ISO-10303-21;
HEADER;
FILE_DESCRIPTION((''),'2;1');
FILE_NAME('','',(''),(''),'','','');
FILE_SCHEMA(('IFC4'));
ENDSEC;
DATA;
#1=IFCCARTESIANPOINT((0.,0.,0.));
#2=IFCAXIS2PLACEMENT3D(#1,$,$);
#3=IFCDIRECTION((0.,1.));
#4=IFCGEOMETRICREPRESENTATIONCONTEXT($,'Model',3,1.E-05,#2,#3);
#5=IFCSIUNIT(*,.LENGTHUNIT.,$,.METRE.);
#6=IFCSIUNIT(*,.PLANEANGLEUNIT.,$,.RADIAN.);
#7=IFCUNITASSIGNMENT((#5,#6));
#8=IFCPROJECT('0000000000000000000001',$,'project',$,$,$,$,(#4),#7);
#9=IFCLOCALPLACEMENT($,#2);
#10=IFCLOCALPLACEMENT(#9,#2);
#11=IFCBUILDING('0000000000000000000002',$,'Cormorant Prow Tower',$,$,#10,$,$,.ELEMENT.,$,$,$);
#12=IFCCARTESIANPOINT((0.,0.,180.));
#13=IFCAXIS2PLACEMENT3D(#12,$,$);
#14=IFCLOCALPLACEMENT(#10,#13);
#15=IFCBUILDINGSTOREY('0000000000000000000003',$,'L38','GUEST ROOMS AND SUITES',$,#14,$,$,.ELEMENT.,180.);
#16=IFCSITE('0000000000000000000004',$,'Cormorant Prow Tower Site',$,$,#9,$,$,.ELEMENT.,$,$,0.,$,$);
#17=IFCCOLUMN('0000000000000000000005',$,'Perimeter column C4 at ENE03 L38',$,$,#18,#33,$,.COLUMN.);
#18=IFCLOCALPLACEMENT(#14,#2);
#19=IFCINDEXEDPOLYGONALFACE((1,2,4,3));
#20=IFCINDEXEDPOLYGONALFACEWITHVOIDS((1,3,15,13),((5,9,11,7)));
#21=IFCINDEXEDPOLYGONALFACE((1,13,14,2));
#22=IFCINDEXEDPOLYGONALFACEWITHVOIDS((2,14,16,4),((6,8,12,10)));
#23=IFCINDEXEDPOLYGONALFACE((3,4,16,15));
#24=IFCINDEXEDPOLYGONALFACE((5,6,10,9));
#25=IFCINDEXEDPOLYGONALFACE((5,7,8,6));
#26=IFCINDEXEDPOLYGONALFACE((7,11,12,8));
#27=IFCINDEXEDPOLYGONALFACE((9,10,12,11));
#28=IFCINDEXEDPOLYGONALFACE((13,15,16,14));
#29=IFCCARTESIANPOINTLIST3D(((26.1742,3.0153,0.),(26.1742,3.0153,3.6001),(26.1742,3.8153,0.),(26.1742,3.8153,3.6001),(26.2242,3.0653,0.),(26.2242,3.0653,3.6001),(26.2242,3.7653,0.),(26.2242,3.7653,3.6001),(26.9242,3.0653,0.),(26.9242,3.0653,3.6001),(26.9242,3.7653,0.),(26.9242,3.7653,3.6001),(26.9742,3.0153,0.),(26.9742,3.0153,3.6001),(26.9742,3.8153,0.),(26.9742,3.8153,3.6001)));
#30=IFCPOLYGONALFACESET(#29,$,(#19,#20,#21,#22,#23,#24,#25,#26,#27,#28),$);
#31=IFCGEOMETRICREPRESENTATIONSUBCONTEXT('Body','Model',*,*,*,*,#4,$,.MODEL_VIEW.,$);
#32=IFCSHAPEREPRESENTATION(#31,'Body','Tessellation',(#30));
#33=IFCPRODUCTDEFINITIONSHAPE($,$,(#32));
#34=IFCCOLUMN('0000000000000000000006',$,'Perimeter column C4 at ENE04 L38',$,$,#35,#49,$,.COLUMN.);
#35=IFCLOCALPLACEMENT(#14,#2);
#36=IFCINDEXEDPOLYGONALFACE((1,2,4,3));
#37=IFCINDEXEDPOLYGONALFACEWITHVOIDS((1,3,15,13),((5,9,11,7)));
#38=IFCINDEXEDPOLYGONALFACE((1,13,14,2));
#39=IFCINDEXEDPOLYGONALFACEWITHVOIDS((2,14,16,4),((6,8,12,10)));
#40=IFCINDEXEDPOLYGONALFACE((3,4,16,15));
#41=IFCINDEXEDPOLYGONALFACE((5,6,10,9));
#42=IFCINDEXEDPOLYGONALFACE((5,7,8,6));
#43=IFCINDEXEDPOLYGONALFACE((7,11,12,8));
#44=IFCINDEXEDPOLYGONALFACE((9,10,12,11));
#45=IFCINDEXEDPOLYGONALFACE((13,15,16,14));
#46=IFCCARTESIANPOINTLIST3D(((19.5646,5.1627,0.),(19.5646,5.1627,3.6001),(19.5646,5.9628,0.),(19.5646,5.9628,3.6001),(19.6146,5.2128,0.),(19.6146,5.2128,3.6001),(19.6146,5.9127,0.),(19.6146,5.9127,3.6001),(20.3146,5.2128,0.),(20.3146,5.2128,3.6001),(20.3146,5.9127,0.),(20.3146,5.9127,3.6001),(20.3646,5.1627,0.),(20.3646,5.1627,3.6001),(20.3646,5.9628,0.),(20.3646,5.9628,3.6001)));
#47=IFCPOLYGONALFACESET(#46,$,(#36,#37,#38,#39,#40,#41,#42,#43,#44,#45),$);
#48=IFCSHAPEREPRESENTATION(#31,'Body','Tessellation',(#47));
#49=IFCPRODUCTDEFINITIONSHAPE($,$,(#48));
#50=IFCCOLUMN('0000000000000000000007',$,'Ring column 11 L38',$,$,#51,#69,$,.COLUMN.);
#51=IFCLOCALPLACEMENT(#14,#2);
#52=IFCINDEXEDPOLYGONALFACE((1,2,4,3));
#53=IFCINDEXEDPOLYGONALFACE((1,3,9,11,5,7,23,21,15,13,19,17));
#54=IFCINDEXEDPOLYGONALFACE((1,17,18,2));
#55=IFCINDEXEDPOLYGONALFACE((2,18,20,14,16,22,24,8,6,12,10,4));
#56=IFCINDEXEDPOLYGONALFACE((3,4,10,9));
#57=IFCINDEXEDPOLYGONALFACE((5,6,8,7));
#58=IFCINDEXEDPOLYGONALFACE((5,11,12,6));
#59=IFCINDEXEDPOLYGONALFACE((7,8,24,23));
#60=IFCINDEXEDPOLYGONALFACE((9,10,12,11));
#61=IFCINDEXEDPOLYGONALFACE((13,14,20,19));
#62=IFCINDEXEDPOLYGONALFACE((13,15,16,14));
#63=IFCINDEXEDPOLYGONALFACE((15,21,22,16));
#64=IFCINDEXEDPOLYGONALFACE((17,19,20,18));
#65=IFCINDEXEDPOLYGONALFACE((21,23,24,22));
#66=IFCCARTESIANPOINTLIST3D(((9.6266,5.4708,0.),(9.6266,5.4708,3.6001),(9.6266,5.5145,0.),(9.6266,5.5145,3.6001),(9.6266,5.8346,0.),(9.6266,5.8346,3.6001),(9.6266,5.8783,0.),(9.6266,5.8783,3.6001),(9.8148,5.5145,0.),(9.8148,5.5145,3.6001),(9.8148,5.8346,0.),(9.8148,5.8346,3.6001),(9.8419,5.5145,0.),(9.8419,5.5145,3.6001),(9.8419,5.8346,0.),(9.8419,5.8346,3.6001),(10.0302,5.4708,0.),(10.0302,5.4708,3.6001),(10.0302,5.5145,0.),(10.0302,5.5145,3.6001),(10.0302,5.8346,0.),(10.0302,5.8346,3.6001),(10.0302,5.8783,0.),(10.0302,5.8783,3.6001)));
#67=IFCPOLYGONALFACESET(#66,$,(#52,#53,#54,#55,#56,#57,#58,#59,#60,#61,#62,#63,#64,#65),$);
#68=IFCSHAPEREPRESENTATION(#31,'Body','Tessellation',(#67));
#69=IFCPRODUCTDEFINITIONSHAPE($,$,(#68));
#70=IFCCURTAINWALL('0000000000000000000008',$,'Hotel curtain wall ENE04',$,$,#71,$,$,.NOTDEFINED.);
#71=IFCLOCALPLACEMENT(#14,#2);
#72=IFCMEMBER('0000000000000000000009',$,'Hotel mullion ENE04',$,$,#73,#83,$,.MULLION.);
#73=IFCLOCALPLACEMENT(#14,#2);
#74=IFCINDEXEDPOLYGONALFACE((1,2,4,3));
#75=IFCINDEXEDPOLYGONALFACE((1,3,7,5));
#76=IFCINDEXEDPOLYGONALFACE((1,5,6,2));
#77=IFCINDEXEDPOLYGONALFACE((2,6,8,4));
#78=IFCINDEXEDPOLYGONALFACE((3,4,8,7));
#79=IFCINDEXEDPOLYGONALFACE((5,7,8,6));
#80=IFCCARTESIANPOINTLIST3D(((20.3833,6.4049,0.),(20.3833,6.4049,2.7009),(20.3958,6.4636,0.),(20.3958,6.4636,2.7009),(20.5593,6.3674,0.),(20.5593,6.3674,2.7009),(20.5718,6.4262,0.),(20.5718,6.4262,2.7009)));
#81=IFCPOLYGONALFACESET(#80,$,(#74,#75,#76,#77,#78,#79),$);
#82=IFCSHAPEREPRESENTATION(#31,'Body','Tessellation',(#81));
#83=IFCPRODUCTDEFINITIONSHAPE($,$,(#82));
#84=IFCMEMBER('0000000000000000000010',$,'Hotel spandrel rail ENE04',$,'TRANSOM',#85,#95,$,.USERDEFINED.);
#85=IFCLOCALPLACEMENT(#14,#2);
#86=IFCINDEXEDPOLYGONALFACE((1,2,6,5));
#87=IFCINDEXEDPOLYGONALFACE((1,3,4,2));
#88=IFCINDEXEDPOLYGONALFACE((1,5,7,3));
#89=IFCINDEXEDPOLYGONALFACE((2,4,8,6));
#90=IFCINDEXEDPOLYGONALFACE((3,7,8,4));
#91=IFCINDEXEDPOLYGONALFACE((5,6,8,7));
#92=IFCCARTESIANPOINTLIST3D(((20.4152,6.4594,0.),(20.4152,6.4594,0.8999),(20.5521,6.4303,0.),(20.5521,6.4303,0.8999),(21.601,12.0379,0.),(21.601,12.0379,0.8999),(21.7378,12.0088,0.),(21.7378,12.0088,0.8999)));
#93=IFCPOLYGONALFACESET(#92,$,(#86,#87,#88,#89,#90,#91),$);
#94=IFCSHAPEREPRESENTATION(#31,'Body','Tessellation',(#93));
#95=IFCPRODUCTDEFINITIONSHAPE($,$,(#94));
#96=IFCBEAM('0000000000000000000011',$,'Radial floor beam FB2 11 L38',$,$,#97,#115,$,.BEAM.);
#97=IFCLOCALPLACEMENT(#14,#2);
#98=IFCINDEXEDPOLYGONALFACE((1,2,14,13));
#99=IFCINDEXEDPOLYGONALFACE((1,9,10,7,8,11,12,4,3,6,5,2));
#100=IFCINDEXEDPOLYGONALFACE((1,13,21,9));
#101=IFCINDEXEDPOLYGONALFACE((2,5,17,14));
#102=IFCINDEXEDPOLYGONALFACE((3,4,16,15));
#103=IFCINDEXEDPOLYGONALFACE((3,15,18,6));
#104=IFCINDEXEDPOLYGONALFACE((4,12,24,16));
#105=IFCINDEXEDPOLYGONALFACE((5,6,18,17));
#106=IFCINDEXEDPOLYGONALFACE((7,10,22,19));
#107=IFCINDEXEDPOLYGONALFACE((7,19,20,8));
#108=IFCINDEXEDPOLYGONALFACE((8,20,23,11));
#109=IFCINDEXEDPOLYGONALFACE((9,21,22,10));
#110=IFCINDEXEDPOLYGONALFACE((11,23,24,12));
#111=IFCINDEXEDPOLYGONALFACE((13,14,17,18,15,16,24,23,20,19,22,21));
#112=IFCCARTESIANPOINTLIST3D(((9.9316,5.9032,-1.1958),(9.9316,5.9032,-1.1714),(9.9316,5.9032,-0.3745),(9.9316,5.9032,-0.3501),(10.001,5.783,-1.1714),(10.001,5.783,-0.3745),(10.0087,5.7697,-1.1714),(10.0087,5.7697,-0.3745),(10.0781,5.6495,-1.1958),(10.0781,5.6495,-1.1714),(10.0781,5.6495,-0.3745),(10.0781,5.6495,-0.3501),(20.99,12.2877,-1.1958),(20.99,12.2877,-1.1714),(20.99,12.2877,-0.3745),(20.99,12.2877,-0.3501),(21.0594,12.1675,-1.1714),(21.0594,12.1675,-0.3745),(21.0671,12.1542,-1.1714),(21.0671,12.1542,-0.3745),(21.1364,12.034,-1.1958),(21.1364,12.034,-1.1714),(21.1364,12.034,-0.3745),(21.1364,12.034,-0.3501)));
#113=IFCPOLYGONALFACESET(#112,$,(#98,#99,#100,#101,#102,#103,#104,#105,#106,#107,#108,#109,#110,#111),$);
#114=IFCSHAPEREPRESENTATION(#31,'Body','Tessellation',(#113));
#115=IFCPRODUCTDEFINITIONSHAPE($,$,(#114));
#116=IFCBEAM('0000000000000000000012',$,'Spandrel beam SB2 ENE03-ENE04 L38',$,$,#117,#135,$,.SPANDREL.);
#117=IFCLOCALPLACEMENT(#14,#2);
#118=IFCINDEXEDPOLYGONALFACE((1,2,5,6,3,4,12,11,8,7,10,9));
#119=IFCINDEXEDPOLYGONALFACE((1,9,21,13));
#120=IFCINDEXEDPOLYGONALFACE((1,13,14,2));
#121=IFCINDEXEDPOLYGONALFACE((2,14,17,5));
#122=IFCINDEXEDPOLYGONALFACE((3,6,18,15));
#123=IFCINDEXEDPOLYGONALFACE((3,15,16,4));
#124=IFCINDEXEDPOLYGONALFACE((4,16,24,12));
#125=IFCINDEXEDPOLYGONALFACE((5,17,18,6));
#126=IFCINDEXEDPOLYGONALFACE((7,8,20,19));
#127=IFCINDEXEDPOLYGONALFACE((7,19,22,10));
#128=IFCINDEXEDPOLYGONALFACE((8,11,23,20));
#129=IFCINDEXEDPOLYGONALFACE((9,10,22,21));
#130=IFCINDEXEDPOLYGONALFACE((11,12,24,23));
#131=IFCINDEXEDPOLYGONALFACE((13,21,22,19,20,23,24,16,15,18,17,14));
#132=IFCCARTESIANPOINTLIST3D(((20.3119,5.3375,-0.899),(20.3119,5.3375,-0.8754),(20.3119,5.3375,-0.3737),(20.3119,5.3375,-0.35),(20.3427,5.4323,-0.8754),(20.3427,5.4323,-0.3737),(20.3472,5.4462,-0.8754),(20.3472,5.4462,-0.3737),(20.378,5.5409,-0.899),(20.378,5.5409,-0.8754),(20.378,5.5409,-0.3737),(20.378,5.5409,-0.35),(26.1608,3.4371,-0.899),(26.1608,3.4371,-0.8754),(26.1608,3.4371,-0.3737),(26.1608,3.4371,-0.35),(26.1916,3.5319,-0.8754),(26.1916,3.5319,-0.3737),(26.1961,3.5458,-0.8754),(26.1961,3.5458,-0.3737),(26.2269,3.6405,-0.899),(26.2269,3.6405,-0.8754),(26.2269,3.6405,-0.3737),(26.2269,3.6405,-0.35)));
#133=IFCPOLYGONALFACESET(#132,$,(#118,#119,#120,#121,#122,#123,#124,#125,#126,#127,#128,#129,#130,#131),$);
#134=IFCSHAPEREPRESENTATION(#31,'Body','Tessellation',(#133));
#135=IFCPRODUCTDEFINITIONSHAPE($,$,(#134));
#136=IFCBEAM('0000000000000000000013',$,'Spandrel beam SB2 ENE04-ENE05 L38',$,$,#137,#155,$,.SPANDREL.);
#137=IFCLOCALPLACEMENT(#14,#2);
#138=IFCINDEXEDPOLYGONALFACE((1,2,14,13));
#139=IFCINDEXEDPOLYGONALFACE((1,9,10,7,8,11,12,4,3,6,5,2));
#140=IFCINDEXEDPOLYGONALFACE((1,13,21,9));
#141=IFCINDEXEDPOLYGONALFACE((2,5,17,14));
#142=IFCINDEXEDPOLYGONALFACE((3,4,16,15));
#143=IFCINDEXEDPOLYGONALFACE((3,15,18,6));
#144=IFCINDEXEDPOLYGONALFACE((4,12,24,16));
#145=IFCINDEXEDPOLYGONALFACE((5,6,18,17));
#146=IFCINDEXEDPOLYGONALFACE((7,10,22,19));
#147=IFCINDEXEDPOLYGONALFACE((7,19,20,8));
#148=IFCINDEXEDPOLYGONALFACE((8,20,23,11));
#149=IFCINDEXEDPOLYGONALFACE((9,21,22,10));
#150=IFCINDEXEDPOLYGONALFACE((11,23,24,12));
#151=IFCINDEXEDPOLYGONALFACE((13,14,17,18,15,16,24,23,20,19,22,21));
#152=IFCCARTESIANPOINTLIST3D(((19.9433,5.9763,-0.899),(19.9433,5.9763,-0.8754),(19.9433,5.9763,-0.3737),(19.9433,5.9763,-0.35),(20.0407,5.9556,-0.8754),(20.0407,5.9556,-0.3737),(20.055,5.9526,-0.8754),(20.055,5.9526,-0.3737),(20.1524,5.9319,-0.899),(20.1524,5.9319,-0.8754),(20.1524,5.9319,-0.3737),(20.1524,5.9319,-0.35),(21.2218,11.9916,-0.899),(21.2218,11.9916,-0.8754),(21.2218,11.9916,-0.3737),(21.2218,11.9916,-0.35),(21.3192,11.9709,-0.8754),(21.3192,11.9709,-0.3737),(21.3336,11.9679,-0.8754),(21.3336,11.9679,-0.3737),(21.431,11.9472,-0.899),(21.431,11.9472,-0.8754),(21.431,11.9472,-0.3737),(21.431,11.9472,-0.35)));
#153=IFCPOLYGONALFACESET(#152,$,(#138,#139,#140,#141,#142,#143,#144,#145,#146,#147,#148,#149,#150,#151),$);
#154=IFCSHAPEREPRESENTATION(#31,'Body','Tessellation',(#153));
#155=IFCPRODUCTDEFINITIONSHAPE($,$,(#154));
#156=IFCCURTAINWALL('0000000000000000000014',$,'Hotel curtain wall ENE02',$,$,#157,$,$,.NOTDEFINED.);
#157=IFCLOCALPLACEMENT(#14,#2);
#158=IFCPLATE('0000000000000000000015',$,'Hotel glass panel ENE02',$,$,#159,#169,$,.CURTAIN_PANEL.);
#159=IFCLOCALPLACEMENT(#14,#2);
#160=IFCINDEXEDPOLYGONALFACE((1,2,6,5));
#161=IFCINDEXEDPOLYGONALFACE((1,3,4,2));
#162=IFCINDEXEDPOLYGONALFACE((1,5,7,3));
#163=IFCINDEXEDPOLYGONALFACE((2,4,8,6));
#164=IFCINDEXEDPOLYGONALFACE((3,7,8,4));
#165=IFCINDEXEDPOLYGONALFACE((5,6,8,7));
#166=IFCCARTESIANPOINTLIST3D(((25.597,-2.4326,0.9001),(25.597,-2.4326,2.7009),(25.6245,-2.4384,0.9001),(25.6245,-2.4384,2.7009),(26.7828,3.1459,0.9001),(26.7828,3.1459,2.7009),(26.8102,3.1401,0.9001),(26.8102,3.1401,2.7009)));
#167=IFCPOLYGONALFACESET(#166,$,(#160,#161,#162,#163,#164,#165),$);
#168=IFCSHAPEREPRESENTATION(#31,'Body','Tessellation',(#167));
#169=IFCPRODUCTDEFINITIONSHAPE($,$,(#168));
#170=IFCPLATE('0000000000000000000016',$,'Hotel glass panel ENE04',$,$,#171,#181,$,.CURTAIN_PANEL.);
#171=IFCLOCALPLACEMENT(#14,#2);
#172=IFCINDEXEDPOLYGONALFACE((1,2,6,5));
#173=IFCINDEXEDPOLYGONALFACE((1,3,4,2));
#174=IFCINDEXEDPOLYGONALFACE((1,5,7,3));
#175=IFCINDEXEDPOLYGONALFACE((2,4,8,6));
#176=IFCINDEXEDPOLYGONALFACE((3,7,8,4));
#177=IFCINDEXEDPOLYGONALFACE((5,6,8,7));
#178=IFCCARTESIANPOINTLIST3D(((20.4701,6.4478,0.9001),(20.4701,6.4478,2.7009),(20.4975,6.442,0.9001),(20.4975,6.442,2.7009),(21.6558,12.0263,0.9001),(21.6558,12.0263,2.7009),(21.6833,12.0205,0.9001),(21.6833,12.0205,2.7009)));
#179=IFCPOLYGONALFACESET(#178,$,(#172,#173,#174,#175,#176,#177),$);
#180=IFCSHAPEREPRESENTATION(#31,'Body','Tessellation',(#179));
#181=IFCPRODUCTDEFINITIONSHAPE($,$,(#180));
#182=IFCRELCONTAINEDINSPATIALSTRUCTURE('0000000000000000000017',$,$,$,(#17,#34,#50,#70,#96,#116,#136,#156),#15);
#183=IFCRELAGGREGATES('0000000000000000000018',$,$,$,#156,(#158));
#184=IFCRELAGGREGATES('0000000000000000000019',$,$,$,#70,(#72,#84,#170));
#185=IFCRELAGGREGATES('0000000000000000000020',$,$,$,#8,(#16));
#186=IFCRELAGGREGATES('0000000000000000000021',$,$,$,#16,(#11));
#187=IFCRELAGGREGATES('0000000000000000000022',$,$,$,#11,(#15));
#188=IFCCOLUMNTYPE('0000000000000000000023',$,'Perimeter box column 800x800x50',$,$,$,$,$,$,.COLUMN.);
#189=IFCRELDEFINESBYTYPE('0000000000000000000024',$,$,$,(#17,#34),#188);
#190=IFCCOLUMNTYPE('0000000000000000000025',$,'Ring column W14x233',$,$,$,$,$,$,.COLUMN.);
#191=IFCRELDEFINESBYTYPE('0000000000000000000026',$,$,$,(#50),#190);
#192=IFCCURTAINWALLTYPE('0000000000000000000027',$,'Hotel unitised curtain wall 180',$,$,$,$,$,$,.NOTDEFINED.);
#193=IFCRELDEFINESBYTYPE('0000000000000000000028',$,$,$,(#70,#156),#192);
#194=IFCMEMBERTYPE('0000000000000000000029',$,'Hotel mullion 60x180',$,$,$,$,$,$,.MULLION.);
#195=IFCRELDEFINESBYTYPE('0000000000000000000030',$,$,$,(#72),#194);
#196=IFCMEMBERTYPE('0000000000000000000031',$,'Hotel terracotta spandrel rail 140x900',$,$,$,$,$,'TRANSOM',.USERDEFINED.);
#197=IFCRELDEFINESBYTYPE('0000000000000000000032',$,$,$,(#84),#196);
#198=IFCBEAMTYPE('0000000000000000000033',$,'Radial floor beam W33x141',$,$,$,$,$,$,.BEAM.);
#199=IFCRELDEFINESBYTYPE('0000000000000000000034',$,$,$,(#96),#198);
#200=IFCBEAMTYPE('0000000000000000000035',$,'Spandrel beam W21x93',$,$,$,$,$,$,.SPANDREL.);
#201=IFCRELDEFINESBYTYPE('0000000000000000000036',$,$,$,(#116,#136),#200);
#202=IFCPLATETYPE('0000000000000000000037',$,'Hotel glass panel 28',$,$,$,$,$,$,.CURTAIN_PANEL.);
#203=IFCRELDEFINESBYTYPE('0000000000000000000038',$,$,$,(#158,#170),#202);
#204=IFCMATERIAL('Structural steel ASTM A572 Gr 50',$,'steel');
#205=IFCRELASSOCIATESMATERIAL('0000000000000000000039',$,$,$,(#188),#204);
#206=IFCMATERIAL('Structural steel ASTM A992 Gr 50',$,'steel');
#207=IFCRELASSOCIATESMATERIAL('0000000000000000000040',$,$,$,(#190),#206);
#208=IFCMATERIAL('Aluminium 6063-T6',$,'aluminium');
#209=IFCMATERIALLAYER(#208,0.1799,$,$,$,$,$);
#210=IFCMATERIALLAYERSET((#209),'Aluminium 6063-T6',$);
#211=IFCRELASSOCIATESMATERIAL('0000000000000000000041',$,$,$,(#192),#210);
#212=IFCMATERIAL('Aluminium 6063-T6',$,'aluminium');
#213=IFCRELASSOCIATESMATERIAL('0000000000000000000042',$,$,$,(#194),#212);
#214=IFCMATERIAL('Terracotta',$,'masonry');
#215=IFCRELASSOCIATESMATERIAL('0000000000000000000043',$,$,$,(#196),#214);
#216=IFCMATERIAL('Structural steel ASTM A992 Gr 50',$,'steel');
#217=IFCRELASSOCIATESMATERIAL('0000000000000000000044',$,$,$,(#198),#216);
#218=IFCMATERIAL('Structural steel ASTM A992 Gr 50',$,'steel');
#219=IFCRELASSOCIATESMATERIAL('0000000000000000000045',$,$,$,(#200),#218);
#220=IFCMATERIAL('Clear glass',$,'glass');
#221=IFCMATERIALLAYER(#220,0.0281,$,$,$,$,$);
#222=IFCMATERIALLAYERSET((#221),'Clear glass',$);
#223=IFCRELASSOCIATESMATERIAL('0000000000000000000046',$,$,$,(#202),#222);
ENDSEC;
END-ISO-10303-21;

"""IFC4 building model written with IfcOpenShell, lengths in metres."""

from ifc_helpers import new_model, si_unit, direction, frame, origin, origin_2d, place, context, subcontext, project, spatial, rectangle, hollow_rectangle, i_section, extrude, material, layer, layer_set, material_profile, profile_set, type_object, element, aggregate, save


model = new_model("IFC4")

# Units and contexts
model_context = context("Model", 3, precision=1e-05, world=origin(), true_north=direction((0.0, 1.0)))
body_context = subcontext(model_context, "Body", "Model", "MODEL_VIEW")
ifc_project = project(units=[si_unit("LENGTHUNIT", "METRE"), si_unit("PLANEANGLEUNIT", "RADIAN")], contexts=[model_context])

# Site, building, storey
site_placement = place(None, origin())
site = spatial("IfcSite", under=ifc_project, at=site_placement, Name="Cormorant Prow Tower Site", CompositionType="ELEMENT", RefElevation=0.0)
building_placement = place(site_placement, origin())
building = spatial("IfcBuilding", under=site, at=building_placement, Name="Cormorant Prow Tower", CompositionType="ELEMENT")
storey_placement = place(building_placement, frame((0.0, 0.0, 180.0)))
storey = spatial("IfcBuildingStorey", under=building, at=storey_placement, Name="L38", Description="GUEST ROOMS AND SUITES", CompositionType="ELEMENT", Elevation=180.0)

# Columns
ifc_material_1 = material(Name="Structural steel ASTM A572 Gr 50", Category="steel")
ifc_material_profile_1 = material_profile(ifc_material_1, hollow_rectangle(XDim=0.8, YDim=0.8, WallThickness=0.05, at=origin_2d()), Name="Box 800x800x50")
ifc_profile_set_1 = profile_set([ifc_material_profile_1], Name="Structural steel ASTM A572 Gr 50")
column_type_1 = type_object("IfcColumnType", Name="Perimeter box column 800x800x50", PredefinedType="COLUMN", material=ifc_profile_set_1)
for number, where, z_axis, x_axis, name in (
    (1, (26.5742, 3.4153, 0.0), (0.0, 0.0, 1.0), (1.0, 0.0, 0.0), "Perimeter column C4 at ENE03 L38"),
    (2, (19.9646, 5.5627, 0.0), (0.0, 0.0, 1.0), (1.0, 0.0, 0.0), "Perimeter column C4 at ENE04 L38"),
):
    element("IfcColumn", number, at=place(storey_placement, frame(where, z_axis=z_axis, x_axis=x_axis)), inside=storey, type_object=column_type_1, Name=name, PredefinedType="COLUMN", context=body_context, shape_type="SweptSolid", body=[
        extrude(hollow_rectangle(XDim=0.8, YDim=0.8, WallThickness=0.05, at=origin_2d()), origin(), (0.0, 0.0, 1.0), 3.6001),
    ])
ifc_material_2 = material(Name="Structural steel ASTM A992 Gr 50", Category="steel")
ifc_material_profile_2 = material_profile(ifc_material_2, i_section(OverallWidth=0.4036, OverallDepth=0.4075, WebThickness=0.0271, FlangeThickness=0.0437, at=origin_2d()), Name="W14x233")
ifc_profile_set_2 = profile_set([ifc_material_profile_2], Name="Structural steel ASTM A992 Gr 50")
column_type_2 = type_object("IfcColumnType", Name="Ring column W14x233", PredefinedType="COLUMN", material=ifc_profile_set_2)
column_placement = place(storey_placement, frame((9.8284, 5.6746, 0.0), z_axis=(0.0, 0.0, 1.0), x_axis=(1.0, 0.0, 0.0)))
element("IfcColumn", 3, at=column_placement, inside=storey, type_object=column_type_2, Name="Ring column 11 L38", PredefinedType="COLUMN", context=body_context, shape_type="SweptSolid", body=[
    extrude(i_section(OverallWidth=0.4036, OverallDepth=0.4075, WebThickness=0.0271, FlangeThickness=0.0437, at=origin_2d()), origin(), (0.0, 0.0, 1.0), 3.6001),
])

# Curtain wall, members
ifc_material_3 = material(Name="Aluminium 6063-T6", Category="aluminium")
ifc_layer_1 = layer(ifc_material_3, 0.1799)
ifc_layer_set_1 = layer_set([ifc_layer_1], Name="Aluminium 6063-T6")
curtain_wall_type = type_object("IfcCurtainWallType", Name="Hotel unitised curtain wall 180", PredefinedType="NOTDEFINED", material=ifc_layer_set_1)
curtain_wall_1_placement = place(storey_placement, origin())
curtain_wall_1 = element("IfcCurtainWall", 4, at=curtain_wall_1_placement, inside=storey, type_object=curtain_wall_type, Name="Hotel curtain wall ENE04", PredefinedType="NOTDEFINED")
ifc_material_4 = material(Name="Aluminium 6063-T6", Category="aluminium")
ifc_material_profile_3 = material_profile(ifc_material_4, rectangle(XDim=0.1799, YDim=0.0601, at=origin_2d()), Name="Hotel mullion 60x180")
ifc_profile_set_3 = profile_set([ifc_material_profile_3], Name="Aluminium 6063-T6")
member_type_1 = type_object("IfcMemberType", Name="Hotel mullion 60x180", PredefinedType="MULLION", material=ifc_profile_set_3)
member_1_placement = place(storey_placement, frame((20.4775, 6.4155, 0.0), z_axis=(0.0, 0.0, 1.0), x_axis=(-0.978148, 0.207912, 0.0)))
member_1 = element("IfcMember", 5, at=member_1_placement, type_object=member_type_1, Name="Hotel mullion ENE04", PredefinedType="MULLION", context=body_context, shape_type="SweptSolid", body=[
    extrude(rectangle(XDim=0.1799, YDim=0.0601, at=origin_2d()), origin(), (0.0, 0.0, 1.0), 2.7009),
])
ifc_material_5 = material(Name="Terracotta", Category="masonry")
ifc_material_profile_4 = material_profile(ifc_material_5, rectangle(XDim=0.1399, YDim=0.8999, at=origin_2d()), Name="Hotel terracotta spandrel rail 140x900")
ifc_profile_set_4 = profile_set([ifc_material_profile_4], Name="Terracotta")
member_type_2 = type_object("IfcMemberType", Name="Hotel terracotta spandrel rail 140x900", ElementType="TRANSOM", PredefinedType="USERDEFINED", material=ifc_profile_set_4)
member_2_placement = place(storey_placement, frame((20.4836, 6.4448, 0.45), z_axis=(0.207915, 0.978147, 0.0), x_axis=(-0.978147, 0.207915, 0.0)))
member_2 = element("IfcMember", 6, at=member_2_placement, type_object=member_type_2, Name="Hotel spandrel rail ENE04", ObjectType="TRANSOM", PredefinedType="USERDEFINED", context=body_context, shape_type="SweptSolid", body=[
    extrude(rectangle(XDim=0.1399, YDim=0.8999, at=origin_2d()), origin(), (0.0, 0.0, 1.0), 5.7031),
])

# Beams
ifc_material_6 = material(Name="Structural steel ASTM A992 Gr 50", Category="steel")
ifc_material_profile_5 = material_profile(ifc_material_6, i_section(OverallWidth=0.293, OverallDepth=0.8457, WebThickness=0.0154, FlangeThickness=0.0244, at=origin_2d()), Name="W33x141")
ifc_profile_set_5 = profile_set([ifc_material_profile_5], Name="Structural steel ASTM A992 Gr 50")
beam_type_1 = type_object("IfcBeamType", Name="Radial floor beam W33x141", PredefinedType="BEAM", material=ifc_profile_set_5)
beam_1_placement = place(storey_placement, frame((10.0049, 5.7764, -0.7729), z_axis=(0.866026, 0.499999, 0.0), x_axis=(-0.499999, 0.866026, 0.0)))
element("IfcBeam", 7, at=beam_1_placement, inside=storey, type_object=beam_type_1, Name="Radial floor beam FB2 11 L38", PredefinedType="BEAM", context=body_context, shape_type="SweptSolid", body=[
    extrude(i_section(OverallWidth=0.293, OverallDepth=0.8457, WebThickness=0.0154, FlangeThickness=0.0244, at=origin_2d()), origin(), (0.0, 0.0, 1.0), 12.769),
])
ifc_material_7 = material(Name="Structural steel ASTM A992 Gr 50", Category="steel")
ifc_material_profile_6 = material_profile(ifc_material_7, i_section(OverallWidth=0.2139, OverallDepth=0.5491, WebThickness=0.0146, FlangeThickness=0.0237, at=origin_2d()), Name="W21x93")
ifc_profile_set_6 = profile_set([ifc_material_profile_6], Name="Structural steel ASTM A992 Gr 50")
beam_type_2 = type_object("IfcBeamType", Name="Spandrel beam W21x93", PredefinedType="SPANDREL", material=ifc_profile_set_6)
beam_2_placement = place(storey_placement, frame((26.1938, 3.5388, -0.6245), z_axis=(-0.951058, 0.309013, 0.0), x_axis=(-0.309013, -0.951058, 0.0)))
element("IfcBeam", 8, at=beam_2_placement, inside=storey, type_object=beam_type_2, Name="Spandrel beam SB2 ENE03-ENE04 L38", PredefinedType="SPANDREL", context=body_context, shape_type="SweptSolid", body=[
    extrude(i_section(OverallWidth=0.2139, OverallDepth=0.5491, WebThickness=0.0146, FlangeThickness=0.0237, at=origin_2d()), origin(), (0.0, 0.0, 1.0), 6.1499),
])
beam_3_placement = place(storey_placement, frame((20.0479, 5.9541, -0.6245), z_axis=(0.207905, 0.978149, 0.0), x_axis=(-0.978149, 0.207905, 0.0)))
element("IfcBeam", 9, at=beam_3_placement, inside=storey, type_object=beam_type_2, Name="Spandrel beam SB2 ENE04-ENE05 L38", PredefinedType="SPANDREL", context=body_context, shape_type="SweptSolid", body=[
    extrude(i_section(OverallWidth=0.2139, OverallDepth=0.5491, WebThickness=0.0146, FlangeThickness=0.0237, at=origin_2d()), origin(), (0.0, 0.0, 1.0), 6.1497),
])

# Curtain wall, plate
curtain_wall_2_placement = place(storey_placement, origin())
curtain_wall_2 = element("IfcCurtainWall", 10, at=curtain_wall_2_placement, inside=storey, type_object=curtain_wall_type, Name="Hotel curtain wall ENE02", PredefinedType="NOTDEFINED")
ifc_material_8 = material(Name="Clear glass", Category="glass")
ifc_layer_2 = layer(ifc_material_8, 0.0281)
ifc_layer_set_2 = layer_set([ifc_layer_2], Name="Clear glass")
plate_type = type_object("IfcPlateType", Name="Hotel glass panel 28", PredefinedType="CURTAIN_PANEL", material=ifc_layer_set_2)
plate_1_placement = place(storey_placement, frame((26.2036, 0.3538, 0.9001), z_axis=(0.0, 0.0, 1.0), x_axis=(0.207912, 0.978148, 0.0)))
plate_1 = element("IfcPlate", 11, at=plate_1_placement, type_object=plate_type, Name="Hotel glass panel ENE02", PredefinedType="CURTAIN_PANEL", context=body_context, shape_type="SweptSolid", body=[
    extrude(rectangle(XDim=5.7031, YDim=0.0281, at=origin_2d()), origin(), (0.0, 0.0, 1.0), 1.8008),
])
aggregate(curtain_wall_2, [plate_1])

# Plate
plate_2_placement = place(storey_placement, frame((21.0767, 9.2341, 0.9001), z_axis=(0.0, 0.0, 1.0), x_axis=(0.207912, 0.978148, 0.0)))
plate_2 = element("IfcPlate", 12, at=plate_2_placement, type_object=plate_type, Name="Hotel glass panel ENE04", PredefinedType="CURTAIN_PANEL", context=body_context, shape_type="SweptSolid", body=[
    extrude(rectangle(XDim=5.7031, YDim=0.0281, at=origin_2d()), origin(), (0.0, 0.0, 1.0), 1.8008),
])
aggregate(curtain_wall_1, [member_1, member_2, plate_2])

save(model, "model.ifc")
